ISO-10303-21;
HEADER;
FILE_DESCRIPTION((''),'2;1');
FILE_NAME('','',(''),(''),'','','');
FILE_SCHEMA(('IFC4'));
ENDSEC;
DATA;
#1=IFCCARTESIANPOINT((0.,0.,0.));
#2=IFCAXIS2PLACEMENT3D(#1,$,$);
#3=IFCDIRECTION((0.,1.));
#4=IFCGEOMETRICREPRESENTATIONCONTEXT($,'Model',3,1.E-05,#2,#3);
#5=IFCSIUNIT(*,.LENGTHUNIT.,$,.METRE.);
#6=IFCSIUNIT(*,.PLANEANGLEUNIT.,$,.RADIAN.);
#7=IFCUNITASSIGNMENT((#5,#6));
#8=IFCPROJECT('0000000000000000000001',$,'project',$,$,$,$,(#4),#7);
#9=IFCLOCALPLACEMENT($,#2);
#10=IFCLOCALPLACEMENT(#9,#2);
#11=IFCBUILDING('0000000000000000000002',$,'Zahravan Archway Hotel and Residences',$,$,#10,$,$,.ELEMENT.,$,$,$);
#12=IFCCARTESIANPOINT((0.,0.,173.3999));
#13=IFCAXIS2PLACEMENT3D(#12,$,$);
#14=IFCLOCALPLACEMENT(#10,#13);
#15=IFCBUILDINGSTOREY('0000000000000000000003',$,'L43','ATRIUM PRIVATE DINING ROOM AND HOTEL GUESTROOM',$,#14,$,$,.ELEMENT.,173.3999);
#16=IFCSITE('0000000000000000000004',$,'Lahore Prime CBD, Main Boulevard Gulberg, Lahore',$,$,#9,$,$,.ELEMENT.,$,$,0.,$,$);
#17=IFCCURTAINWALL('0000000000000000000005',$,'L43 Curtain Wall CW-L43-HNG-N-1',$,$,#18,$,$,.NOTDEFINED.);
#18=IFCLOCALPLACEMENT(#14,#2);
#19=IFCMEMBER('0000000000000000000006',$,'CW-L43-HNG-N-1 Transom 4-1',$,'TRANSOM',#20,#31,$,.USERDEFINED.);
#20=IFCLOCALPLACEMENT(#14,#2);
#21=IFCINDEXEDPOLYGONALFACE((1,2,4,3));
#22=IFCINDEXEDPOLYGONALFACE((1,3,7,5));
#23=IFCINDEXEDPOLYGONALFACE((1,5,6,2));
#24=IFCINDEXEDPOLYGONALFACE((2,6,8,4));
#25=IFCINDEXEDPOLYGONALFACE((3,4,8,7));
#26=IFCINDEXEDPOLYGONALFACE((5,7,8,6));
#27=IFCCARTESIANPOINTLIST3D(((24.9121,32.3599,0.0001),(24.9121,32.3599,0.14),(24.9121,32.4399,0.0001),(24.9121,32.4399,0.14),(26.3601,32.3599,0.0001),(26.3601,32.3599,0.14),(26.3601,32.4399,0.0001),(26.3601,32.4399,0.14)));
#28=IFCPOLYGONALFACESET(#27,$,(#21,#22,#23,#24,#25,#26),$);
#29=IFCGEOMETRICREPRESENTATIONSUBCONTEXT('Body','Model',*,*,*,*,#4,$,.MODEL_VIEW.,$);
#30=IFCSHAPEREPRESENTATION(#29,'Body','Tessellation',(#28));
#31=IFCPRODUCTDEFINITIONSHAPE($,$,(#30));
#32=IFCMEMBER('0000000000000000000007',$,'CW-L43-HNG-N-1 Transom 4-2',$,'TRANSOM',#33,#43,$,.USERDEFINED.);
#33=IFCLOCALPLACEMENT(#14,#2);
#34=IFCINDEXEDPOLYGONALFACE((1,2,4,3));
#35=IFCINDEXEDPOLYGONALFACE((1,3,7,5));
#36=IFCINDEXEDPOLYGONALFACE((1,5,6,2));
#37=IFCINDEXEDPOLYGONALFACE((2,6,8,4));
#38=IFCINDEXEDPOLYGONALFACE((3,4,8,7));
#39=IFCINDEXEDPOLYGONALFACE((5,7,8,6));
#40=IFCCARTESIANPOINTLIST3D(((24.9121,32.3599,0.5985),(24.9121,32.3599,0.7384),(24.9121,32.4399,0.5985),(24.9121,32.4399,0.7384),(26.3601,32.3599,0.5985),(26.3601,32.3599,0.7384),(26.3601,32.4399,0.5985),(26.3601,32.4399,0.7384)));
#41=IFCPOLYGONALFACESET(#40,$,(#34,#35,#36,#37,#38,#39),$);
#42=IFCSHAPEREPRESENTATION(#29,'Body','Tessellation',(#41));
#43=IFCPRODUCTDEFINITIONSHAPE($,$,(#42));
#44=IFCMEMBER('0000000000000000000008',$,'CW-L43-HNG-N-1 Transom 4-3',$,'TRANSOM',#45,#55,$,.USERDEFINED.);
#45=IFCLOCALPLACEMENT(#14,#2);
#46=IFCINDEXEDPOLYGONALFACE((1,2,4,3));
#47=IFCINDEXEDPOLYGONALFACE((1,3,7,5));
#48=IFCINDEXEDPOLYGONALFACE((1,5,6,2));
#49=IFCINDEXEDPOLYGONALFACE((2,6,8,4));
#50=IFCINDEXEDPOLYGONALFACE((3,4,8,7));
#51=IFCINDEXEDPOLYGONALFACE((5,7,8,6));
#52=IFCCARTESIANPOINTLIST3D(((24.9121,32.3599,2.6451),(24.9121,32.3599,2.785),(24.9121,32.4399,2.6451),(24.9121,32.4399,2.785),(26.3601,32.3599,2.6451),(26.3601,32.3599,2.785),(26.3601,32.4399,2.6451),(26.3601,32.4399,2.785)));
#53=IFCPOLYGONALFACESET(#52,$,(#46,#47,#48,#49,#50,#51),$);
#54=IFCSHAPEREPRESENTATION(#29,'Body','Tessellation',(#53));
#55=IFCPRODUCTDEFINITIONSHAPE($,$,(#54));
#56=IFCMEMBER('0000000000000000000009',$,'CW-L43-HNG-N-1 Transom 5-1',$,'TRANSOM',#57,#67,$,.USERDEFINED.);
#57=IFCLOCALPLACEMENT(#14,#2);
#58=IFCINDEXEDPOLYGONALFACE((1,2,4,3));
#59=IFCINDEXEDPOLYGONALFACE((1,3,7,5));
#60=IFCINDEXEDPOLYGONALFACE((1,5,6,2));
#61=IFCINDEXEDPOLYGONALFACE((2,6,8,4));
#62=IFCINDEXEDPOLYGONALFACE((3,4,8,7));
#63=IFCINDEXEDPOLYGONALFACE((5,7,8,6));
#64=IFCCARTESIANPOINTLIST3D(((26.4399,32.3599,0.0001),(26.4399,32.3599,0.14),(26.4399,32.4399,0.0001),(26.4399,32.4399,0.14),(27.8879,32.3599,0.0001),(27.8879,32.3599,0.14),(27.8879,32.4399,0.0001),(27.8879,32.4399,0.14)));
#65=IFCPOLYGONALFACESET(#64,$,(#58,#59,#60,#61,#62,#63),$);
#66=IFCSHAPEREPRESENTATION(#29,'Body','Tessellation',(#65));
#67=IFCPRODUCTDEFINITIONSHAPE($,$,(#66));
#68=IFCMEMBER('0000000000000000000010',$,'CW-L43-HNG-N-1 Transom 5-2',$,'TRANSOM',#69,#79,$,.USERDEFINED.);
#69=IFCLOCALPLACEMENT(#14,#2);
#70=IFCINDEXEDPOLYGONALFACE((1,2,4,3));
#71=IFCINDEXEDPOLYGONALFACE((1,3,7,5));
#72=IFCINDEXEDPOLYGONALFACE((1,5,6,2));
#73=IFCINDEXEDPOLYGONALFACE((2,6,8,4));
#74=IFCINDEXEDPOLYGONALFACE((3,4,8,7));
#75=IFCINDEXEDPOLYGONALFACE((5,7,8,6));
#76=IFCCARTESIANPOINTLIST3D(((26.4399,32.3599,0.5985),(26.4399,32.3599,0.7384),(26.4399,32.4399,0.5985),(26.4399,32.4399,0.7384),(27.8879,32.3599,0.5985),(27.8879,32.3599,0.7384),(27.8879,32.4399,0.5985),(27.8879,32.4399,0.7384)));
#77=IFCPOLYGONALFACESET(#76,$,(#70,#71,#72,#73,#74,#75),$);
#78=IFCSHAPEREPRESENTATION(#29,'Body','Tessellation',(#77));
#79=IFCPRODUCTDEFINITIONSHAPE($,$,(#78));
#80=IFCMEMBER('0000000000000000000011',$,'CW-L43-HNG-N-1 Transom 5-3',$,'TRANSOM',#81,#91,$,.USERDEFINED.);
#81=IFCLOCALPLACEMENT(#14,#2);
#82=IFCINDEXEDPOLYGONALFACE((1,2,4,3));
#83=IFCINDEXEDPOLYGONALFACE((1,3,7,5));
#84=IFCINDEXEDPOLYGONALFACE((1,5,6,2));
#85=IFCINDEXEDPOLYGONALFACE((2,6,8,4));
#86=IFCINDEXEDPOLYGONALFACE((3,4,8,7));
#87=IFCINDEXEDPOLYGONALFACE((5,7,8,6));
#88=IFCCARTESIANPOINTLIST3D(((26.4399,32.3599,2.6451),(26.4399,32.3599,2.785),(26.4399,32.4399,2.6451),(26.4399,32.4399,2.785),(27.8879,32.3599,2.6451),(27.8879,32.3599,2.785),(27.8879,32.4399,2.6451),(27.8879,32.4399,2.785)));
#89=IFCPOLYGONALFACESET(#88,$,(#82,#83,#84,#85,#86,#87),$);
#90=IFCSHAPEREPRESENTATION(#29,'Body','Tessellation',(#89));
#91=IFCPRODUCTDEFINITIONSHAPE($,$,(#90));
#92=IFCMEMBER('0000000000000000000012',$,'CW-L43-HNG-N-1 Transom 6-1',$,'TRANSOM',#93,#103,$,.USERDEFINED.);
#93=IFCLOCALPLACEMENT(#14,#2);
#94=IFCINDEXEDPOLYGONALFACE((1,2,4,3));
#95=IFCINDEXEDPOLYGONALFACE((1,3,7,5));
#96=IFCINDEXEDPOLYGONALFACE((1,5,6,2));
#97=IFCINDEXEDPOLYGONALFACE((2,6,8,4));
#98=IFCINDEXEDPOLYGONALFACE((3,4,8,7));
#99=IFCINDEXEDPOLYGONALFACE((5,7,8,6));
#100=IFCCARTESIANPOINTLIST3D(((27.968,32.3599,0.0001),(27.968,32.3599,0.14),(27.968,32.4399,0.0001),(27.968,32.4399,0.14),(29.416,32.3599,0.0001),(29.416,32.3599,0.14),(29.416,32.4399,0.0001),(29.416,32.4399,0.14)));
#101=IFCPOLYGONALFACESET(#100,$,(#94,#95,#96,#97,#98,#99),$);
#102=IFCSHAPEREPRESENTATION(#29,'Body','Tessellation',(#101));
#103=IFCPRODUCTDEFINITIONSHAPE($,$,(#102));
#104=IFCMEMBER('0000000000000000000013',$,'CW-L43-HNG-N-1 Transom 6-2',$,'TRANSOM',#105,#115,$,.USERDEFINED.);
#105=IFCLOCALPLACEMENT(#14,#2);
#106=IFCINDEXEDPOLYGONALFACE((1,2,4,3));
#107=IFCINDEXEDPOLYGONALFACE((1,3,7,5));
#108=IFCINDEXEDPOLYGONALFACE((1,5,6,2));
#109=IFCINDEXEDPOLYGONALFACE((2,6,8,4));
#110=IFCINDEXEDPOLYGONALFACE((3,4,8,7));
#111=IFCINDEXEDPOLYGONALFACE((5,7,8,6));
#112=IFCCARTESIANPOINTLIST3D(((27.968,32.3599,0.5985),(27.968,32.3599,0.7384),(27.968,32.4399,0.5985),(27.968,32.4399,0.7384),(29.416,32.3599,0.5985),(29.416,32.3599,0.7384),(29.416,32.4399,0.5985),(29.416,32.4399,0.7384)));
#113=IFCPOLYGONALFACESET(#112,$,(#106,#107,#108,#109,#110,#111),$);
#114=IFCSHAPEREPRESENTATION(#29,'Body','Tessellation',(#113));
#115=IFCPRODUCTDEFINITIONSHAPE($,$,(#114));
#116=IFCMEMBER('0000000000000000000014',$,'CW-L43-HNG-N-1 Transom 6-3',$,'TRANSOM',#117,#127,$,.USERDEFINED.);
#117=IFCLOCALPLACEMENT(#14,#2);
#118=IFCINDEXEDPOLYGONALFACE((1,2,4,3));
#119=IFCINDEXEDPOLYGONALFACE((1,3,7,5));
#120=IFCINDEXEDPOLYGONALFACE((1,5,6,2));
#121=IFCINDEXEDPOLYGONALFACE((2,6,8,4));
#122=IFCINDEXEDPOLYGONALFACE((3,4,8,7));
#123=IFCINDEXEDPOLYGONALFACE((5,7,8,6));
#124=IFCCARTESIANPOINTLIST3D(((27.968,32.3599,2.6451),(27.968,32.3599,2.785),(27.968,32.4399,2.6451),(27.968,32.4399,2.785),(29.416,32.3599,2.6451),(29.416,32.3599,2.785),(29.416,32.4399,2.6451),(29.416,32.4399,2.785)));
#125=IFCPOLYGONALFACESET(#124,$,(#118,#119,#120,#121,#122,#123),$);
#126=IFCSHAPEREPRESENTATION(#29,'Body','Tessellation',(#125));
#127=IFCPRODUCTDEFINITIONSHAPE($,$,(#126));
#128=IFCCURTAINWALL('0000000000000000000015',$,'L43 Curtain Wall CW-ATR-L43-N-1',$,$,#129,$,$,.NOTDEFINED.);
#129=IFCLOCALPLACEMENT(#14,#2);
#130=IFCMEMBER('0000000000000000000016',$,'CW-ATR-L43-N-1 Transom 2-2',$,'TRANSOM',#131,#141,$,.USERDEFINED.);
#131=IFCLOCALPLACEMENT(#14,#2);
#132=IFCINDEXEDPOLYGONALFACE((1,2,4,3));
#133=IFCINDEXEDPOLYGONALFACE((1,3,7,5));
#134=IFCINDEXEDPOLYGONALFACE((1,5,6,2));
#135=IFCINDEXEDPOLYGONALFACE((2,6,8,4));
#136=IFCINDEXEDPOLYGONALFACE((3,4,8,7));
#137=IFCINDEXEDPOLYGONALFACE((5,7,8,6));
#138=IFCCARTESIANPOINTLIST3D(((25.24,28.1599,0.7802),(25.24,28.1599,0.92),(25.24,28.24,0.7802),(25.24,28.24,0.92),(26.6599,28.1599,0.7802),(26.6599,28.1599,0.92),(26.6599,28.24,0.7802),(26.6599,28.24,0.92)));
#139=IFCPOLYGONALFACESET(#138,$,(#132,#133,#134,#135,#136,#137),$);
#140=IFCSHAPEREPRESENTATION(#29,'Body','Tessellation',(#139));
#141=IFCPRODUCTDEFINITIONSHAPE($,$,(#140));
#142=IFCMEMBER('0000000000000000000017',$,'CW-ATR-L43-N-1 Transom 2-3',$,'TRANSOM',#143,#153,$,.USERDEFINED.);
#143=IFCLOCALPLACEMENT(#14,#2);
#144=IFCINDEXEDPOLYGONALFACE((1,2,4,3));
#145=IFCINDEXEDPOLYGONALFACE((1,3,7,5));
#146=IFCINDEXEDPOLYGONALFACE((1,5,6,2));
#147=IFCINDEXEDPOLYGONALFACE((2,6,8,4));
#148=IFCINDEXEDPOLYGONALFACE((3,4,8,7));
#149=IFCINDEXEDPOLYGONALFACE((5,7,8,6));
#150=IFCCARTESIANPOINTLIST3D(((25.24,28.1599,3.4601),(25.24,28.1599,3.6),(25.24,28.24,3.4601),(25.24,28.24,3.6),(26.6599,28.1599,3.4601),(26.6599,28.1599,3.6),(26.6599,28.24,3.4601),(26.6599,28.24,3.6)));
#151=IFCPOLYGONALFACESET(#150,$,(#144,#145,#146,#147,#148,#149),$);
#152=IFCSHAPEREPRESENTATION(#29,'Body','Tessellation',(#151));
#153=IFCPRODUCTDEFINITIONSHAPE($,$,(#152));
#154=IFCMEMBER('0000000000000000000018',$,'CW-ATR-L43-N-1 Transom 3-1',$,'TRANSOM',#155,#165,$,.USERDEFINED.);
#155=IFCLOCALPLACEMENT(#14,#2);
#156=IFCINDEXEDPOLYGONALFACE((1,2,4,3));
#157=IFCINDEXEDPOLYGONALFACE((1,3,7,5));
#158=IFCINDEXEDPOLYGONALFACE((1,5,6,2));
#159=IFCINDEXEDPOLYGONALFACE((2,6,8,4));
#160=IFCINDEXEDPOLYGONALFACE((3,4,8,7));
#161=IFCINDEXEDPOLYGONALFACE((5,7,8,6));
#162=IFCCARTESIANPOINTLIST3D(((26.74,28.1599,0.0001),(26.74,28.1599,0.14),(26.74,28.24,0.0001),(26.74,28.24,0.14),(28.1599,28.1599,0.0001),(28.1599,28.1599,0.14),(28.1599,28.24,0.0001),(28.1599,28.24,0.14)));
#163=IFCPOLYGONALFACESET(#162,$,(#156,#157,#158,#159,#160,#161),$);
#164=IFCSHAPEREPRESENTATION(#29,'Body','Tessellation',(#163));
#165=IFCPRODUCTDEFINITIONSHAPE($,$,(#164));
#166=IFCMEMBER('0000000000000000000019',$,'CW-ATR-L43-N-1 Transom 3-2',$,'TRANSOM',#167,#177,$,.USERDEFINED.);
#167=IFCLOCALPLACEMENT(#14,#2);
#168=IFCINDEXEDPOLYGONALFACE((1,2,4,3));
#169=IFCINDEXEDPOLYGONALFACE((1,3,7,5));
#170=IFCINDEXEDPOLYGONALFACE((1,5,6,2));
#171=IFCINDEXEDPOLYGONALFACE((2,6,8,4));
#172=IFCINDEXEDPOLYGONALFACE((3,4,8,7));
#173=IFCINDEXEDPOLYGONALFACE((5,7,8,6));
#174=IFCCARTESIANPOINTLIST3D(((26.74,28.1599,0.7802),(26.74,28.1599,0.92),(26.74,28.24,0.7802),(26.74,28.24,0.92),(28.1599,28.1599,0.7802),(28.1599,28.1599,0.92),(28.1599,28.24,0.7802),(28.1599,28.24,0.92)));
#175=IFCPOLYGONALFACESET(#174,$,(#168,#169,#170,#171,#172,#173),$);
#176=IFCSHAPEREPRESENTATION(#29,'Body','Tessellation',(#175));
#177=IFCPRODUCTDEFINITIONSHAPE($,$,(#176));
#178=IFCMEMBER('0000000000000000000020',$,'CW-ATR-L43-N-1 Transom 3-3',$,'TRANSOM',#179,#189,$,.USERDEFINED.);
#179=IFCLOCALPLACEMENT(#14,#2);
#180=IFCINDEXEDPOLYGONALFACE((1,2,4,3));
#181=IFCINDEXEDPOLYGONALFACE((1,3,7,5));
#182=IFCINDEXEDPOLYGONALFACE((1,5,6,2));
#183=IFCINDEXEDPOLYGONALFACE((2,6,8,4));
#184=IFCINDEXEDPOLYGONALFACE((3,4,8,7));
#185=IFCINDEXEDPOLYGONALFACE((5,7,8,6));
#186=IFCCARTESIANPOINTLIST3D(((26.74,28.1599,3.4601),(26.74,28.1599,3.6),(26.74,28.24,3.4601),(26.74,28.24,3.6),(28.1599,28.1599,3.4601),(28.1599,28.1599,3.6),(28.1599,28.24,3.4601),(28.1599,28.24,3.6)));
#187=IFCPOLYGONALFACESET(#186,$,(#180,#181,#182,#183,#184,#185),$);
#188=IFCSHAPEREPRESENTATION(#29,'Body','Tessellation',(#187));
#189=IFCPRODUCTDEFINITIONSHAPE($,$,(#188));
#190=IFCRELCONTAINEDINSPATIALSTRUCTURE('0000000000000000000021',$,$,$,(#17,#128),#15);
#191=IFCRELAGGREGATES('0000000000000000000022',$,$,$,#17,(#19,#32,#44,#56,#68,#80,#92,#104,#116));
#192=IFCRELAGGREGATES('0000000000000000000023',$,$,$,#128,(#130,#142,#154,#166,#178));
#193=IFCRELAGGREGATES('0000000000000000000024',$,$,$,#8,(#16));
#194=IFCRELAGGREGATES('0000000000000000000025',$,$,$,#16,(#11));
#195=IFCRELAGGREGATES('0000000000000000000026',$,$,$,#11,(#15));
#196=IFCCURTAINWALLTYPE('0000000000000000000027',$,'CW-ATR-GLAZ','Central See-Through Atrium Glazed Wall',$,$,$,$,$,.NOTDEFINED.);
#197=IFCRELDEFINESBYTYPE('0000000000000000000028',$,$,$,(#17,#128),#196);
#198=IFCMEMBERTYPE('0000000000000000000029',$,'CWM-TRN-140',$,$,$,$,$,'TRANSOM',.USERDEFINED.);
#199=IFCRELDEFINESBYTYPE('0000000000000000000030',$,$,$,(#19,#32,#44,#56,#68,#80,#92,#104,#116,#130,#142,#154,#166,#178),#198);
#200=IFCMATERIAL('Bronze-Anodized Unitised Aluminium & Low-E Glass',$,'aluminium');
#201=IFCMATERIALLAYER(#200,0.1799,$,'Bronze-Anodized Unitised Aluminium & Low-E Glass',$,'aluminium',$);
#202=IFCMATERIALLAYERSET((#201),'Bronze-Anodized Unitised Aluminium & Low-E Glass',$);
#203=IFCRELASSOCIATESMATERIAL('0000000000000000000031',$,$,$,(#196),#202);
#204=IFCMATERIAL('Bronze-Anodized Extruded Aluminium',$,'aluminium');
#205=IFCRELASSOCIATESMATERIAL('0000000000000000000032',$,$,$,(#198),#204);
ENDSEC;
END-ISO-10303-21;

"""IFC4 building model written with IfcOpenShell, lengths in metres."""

from ifc_helpers import new_model, si_unit, direction, frame, origin, origin_2d, place, context, subcontext, project, spatial, rectangle, extrude, source, transform, mapped, material, layer, layer_set, material_profile, profile_set, type_object, element, aggregate, save


model = new_model("IFC4")

# Units and contexts
model_context = context("Model", 3, precision=1e-05, world=origin(), true_north=direction((0.0, 1.0)))
body_context = subcontext(model_context, "Body", "Model", "MODEL_VIEW")
ifc_project = project(units=[si_unit("LENGTHUNIT", "METRE"), si_unit("PLANEANGLEUNIT", "RADIAN")], contexts=[model_context])

# Site, building, storey
site_placement = place(None, origin())
site = spatial("IfcSite", under=ifc_project, at=site_placement, Name="Lahore Prime CBD, Main Boulevard Gulberg, Lahore", CompositionType="ELEMENT", RefElevation=0.0)
building_placement = place(site_placement, origin())
building = spatial("IfcBuilding", under=site, at=building_placement, Name="Zahravan Archway Hotel and Residences", CompositionType="ELEMENT")
storey_placement = place(building_placement, frame((0.0, 0.0, 173.3999)))
storey = spatial("IfcBuildingStorey", under=building, at=storey_placement, Name="L43", Description="ATRIUM PRIVATE DINING ROOM AND HOTEL GUESTROOM", CompositionType="ELEMENT", Elevation=173.3999)

# Curtain walls, members
ifc_material_1 = material(Name="Bronze-Anodized Unitised Aluminium & Low-E Glass", Category="aluminium")
ifc_layer_1 = layer(ifc_material_1, 0.1799, Name="Bronze-Anodized Unitised Aluminium & Low-E Glass", Category="aluminium")
ifc_layer_set_1 = layer_set([ifc_layer_1], Name="Bronze-Anodized Unitised Aluminium & Low-E Glass")
curtain_wall_type = type_object("IfcCurtainWallType", Name="CW-ATR-GLAZ", Description="Central See-Through Atrium Glazed Wall", PredefinedType="NOTDEFINED", material=ifc_layer_set_1)
curtain_wall_1_placement = place(storey_placement, origin())
curtain_wall_1 = element("IfcCurtainWall", 1, at=curtain_wall_1_placement, inside=storey, type_object=curtain_wall_type, Name="L43 Curtain Wall CW-L43-HNG-N-1", PredefinedType="NOTDEFINED")
ifc_material_2 = material(Name="Bronze-Anodized Extruded Aluminium", Category="aluminium")
ifc_material_profile_1 = material_profile(ifc_material_2, rectangle(XDim=0.0801, YDim=0.1399, at=origin_2d()), Name="TRN 80x140", Category="aluminium")
ifc_profile_set_1 = profile_set([ifc_material_profile_1], Name="Bronze-Anodized Extruded Aluminium")
member_type_1 = type_object("IfcMemberType", Name="CWM-TRN-140", ElementType="TRANSOM", PredefinedType="USERDEFINED", material=ifc_profile_set_1)
shared_shape_1 = source(origin(), body_context, "Body", "SweptSolid", [
    extrude(rectangle(XDim=0.0801, YDim=0.1399, at=origin_2d()), origin(), (0.0, 0.0, 1.0), 1.448),
])
member_1_placement = place(storey_placement, frame((24.9121, 32.3999, 0.0701), z_axis=(1.0, 0.0, 0.0), x_axis=(0.0, 1.0, 0.0)))
member_1 = element("IfcMember", 2, at=member_1_placement, type_object=member_type_1, Name="CW-L43-HNG-N-1 Transom 4-1", ObjectType="TRANSOM", PredefinedType="USERDEFINED", context=body_context, shape_type="MappedRepresentation", body=[
    mapped(shared_shape_1, transform((0.0, 0.0, 0.0), scale=1.0)),
])
member_2_placement = place(storey_placement, frame((24.9121, 32.3999, 0.6685), z_axis=(1.0, 0.0, 0.0), x_axis=(0.0, 1.0, 0.0)))
member_2 = element("IfcMember", 3, at=member_2_placement, type_object=member_type_1, Name="CW-L43-HNG-N-1 Transom 4-2", ObjectType="TRANSOM", PredefinedType="USERDEFINED", context=body_context, shape_type="MappedRepresentation", body=[
    mapped(shared_shape_1, transform((0.0, 0.0, 0.0), scale=1.0)),
])
member_3_placement = place(storey_placement, frame((24.9121, 32.3999, 2.7151), z_axis=(1.0, 0.0, 0.0), x_axis=(0.0, 1.0, 0.0)))
member_3 = element("IfcMember", 4, at=member_3_placement, type_object=member_type_1, Name="CW-L43-HNG-N-1 Transom 4-3", ObjectType="TRANSOM", PredefinedType="USERDEFINED", context=body_context, shape_type="MappedRepresentation", body=[
    mapped(shared_shape_1, transform((0.0, 0.0, 0.0), scale=1.0)),
])
member_4_placement = place(storey_placement, frame((26.4399, 32.3999, 0.0701), z_axis=(1.0, 0.0, 0.0), x_axis=(0.0, 1.0, 0.0)))
member_4 = element("IfcMember", 5, at=member_4_placement, type_object=member_type_1, Name="CW-L43-HNG-N-1 Transom 5-1", ObjectType="TRANSOM", PredefinedType="USERDEFINED", context=body_context, shape_type="MappedRepresentation", body=[
    mapped(shared_shape_1, transform((0.0, 0.0, 0.0), scale=1.0)),
])
member_5_placement = place(storey_placement, frame((26.4399, 32.3999, 0.6685), z_axis=(1.0, 0.0, 0.0), x_axis=(0.0, 1.0, 0.0)))
member_5 = element("IfcMember", 6, at=member_5_placement, type_object=member_type_1, Name="CW-L43-HNG-N-1 Transom 5-2", ObjectType="TRANSOM", PredefinedType="USERDEFINED", context=body_context, shape_type="MappedRepresentation", body=[
    mapped(shared_shape_1, transform((0.0, 0.0, 0.0), scale=1.0)),
])
member_6_placement = place(storey_placement, frame((26.4399, 32.3999, 2.7151), z_axis=(1.0, 0.0, 0.0), x_axis=(0.0, 1.0, 0.0)))
member_6 = element("IfcMember", 7, at=member_6_placement, type_object=member_type_1, Name="CW-L43-HNG-N-1 Transom 5-3", ObjectType="TRANSOM", PredefinedType="USERDEFINED", context=body_context, shape_type="MappedRepresentation", body=[
    mapped(shared_shape_1, transform((0.0, 0.0, 0.0), scale=1.0)),
])
member_7_placement = place(storey_placement, frame((27.968, 32.3999, 0.0701), z_axis=(1.0, 0.0, 0.0), x_axis=(0.0, 1.0, 0.0)))
member_7 = element("IfcMember", 8, at=member_7_placement, type_object=member_type_1, Name="CW-L43-HNG-N-1 Transom 6-1", ObjectType="TRANSOM", PredefinedType="USERDEFINED", context=body_context, shape_type="MappedRepresentation", body=[
    mapped(shared_shape_1, transform((0.0, 0.0, 0.0), scale=1.0)),
])
member_8_placement = place(storey_placement, frame((27.968, 32.3999, 0.6685), z_axis=(1.0, 0.0, 0.0), x_axis=(0.0, 1.0, 0.0)))
member_8 = element("IfcMember", 9, at=member_8_placement, type_object=member_type_1, Name="CW-L43-HNG-N-1 Transom 6-2", ObjectType="TRANSOM", PredefinedType="USERDEFINED", context=body_context, shape_type="MappedRepresentation", body=[
    mapped(shared_shape_1, transform((0.0, 0.0, 0.0), scale=1.0)),
])
member_9_placement = place(storey_placement, frame((27.968, 32.3999, 2.7151), z_axis=(1.0, 0.0, 0.0), x_axis=(0.0, 1.0, 0.0)))
member_9 = element("IfcMember", 10, at=member_9_placement, type_object=member_type_1, Name="CW-L43-HNG-N-1 Transom 6-3", ObjectType="TRANSOM", PredefinedType="USERDEFINED", context=body_context, shape_type="MappedRepresentation", body=[
    mapped(shared_shape_1, transform((0.0, 0.0, 0.0), scale=1.0)),
])
curtain_wall_2_placement = place(storey_placement, origin())
curtain_wall_2 = element("IfcCurtainWall", 11, at=curtain_wall_2_placement, inside=storey, type_object=curtain_wall_type, Name="L43 Curtain Wall CW-ATR-L43-N-1", PredefinedType="NOTDEFINED")
shared_shape_2 = source(origin(), body_context, "Body", "SweptSolid", [
    extrude(rectangle(XDim=0.0801, YDim=0.1399, at=origin_2d()), origin(), (0.0, 0.0, 1.0), 1.4199),
])
member_10_placement = place(storey_placement, frame((25.24, 28.2, 0.8501), z_axis=(1.0, 0.0, 0.0), x_axis=(0.0, 1.0, 0.0)))
member_10 = element("IfcMember", 12, at=member_10_placement, type_object=member_type_1, Name="CW-ATR-L43-N-1 Transom 2-2", ObjectType="TRANSOM", PredefinedType="USERDEFINED", context=body_context, shape_type="MappedRepresentation", body=[
    mapped(shared_shape_2, transform((0.0, 0.0, 0.0), scale=1.0)),
])
member_11_placement = place(storey_placement, frame((25.24, 28.2, 3.53), z_axis=(1.0, 0.0, 0.0), x_axis=(0.0, 1.0, 0.0)))
member_11 = element("IfcMember", 13, at=member_11_placement, type_object=member_type_1, Name="CW-ATR-L43-N-1 Transom 2-3", ObjectType="TRANSOM", PredefinedType="USERDEFINED", context=body_context, shape_type="MappedRepresentation", body=[
    mapped(shared_shape_2, transform((0.0, 0.0, 0.0), scale=1.0)),
])
member_12_placement = place(storey_placement, frame((26.74, 28.2, 0.0701), z_axis=(1.0, 0.0, 0.0), x_axis=(0.0, 1.0, 0.0)))
member_12 = element("IfcMember", 14, at=member_12_placement, type_object=member_type_1, Name="CW-ATR-L43-N-1 Transom 3-1", ObjectType="TRANSOM", PredefinedType="USERDEFINED", context=body_context, shape_type="MappedRepresentation", body=[
    mapped(shared_shape_2, transform((0.0, 0.0, 0.0), scale=1.0)),
])
member_13_placement = place(storey_placement, frame((26.74, 28.2, 0.8501), z_axis=(1.0, 0.0, 0.0), x_axis=(0.0, 1.0, 0.0)))
member_13 = element("IfcMember", 15, at=member_13_placement, type_object=member_type_1, Name="CW-ATR-L43-N-1 Transom 3-2", ObjectType="TRANSOM", PredefinedType="USERDEFINED", context=body_context, shape_type="MappedRepresentation", body=[
    mapped(shared_shape_2, transform((0.0, 0.0, 0.0), scale=1.0)),
])
member_14_placement = place(storey_placement, frame((26.74, 28.2, 3.53), z_axis=(1.0, 0.0, 0.0), x_axis=(0.0, 1.0, 0.0)))
member_14 = element("IfcMember", 16, at=member_14_placement, type_object=member_type_1, Name="CW-ATR-L43-N-1 Transom 3-3", ObjectType="TRANSOM", PredefinedType="USERDEFINED", context=body_context, shape_type="MappedRepresentation", body=[
    mapped(shared_shape_2, transform((0.0, 0.0, 0.0), scale=1.0)),
])

aggregate(curtain_wall_1, [member_1, member_2, member_3, member_4, member_5, member_6, member_7, member_8, member_9])
aggregate(curtain_wall_2, [member_10, member_11, member_12, member_13, member_14])

save(model, "model.ifc")
